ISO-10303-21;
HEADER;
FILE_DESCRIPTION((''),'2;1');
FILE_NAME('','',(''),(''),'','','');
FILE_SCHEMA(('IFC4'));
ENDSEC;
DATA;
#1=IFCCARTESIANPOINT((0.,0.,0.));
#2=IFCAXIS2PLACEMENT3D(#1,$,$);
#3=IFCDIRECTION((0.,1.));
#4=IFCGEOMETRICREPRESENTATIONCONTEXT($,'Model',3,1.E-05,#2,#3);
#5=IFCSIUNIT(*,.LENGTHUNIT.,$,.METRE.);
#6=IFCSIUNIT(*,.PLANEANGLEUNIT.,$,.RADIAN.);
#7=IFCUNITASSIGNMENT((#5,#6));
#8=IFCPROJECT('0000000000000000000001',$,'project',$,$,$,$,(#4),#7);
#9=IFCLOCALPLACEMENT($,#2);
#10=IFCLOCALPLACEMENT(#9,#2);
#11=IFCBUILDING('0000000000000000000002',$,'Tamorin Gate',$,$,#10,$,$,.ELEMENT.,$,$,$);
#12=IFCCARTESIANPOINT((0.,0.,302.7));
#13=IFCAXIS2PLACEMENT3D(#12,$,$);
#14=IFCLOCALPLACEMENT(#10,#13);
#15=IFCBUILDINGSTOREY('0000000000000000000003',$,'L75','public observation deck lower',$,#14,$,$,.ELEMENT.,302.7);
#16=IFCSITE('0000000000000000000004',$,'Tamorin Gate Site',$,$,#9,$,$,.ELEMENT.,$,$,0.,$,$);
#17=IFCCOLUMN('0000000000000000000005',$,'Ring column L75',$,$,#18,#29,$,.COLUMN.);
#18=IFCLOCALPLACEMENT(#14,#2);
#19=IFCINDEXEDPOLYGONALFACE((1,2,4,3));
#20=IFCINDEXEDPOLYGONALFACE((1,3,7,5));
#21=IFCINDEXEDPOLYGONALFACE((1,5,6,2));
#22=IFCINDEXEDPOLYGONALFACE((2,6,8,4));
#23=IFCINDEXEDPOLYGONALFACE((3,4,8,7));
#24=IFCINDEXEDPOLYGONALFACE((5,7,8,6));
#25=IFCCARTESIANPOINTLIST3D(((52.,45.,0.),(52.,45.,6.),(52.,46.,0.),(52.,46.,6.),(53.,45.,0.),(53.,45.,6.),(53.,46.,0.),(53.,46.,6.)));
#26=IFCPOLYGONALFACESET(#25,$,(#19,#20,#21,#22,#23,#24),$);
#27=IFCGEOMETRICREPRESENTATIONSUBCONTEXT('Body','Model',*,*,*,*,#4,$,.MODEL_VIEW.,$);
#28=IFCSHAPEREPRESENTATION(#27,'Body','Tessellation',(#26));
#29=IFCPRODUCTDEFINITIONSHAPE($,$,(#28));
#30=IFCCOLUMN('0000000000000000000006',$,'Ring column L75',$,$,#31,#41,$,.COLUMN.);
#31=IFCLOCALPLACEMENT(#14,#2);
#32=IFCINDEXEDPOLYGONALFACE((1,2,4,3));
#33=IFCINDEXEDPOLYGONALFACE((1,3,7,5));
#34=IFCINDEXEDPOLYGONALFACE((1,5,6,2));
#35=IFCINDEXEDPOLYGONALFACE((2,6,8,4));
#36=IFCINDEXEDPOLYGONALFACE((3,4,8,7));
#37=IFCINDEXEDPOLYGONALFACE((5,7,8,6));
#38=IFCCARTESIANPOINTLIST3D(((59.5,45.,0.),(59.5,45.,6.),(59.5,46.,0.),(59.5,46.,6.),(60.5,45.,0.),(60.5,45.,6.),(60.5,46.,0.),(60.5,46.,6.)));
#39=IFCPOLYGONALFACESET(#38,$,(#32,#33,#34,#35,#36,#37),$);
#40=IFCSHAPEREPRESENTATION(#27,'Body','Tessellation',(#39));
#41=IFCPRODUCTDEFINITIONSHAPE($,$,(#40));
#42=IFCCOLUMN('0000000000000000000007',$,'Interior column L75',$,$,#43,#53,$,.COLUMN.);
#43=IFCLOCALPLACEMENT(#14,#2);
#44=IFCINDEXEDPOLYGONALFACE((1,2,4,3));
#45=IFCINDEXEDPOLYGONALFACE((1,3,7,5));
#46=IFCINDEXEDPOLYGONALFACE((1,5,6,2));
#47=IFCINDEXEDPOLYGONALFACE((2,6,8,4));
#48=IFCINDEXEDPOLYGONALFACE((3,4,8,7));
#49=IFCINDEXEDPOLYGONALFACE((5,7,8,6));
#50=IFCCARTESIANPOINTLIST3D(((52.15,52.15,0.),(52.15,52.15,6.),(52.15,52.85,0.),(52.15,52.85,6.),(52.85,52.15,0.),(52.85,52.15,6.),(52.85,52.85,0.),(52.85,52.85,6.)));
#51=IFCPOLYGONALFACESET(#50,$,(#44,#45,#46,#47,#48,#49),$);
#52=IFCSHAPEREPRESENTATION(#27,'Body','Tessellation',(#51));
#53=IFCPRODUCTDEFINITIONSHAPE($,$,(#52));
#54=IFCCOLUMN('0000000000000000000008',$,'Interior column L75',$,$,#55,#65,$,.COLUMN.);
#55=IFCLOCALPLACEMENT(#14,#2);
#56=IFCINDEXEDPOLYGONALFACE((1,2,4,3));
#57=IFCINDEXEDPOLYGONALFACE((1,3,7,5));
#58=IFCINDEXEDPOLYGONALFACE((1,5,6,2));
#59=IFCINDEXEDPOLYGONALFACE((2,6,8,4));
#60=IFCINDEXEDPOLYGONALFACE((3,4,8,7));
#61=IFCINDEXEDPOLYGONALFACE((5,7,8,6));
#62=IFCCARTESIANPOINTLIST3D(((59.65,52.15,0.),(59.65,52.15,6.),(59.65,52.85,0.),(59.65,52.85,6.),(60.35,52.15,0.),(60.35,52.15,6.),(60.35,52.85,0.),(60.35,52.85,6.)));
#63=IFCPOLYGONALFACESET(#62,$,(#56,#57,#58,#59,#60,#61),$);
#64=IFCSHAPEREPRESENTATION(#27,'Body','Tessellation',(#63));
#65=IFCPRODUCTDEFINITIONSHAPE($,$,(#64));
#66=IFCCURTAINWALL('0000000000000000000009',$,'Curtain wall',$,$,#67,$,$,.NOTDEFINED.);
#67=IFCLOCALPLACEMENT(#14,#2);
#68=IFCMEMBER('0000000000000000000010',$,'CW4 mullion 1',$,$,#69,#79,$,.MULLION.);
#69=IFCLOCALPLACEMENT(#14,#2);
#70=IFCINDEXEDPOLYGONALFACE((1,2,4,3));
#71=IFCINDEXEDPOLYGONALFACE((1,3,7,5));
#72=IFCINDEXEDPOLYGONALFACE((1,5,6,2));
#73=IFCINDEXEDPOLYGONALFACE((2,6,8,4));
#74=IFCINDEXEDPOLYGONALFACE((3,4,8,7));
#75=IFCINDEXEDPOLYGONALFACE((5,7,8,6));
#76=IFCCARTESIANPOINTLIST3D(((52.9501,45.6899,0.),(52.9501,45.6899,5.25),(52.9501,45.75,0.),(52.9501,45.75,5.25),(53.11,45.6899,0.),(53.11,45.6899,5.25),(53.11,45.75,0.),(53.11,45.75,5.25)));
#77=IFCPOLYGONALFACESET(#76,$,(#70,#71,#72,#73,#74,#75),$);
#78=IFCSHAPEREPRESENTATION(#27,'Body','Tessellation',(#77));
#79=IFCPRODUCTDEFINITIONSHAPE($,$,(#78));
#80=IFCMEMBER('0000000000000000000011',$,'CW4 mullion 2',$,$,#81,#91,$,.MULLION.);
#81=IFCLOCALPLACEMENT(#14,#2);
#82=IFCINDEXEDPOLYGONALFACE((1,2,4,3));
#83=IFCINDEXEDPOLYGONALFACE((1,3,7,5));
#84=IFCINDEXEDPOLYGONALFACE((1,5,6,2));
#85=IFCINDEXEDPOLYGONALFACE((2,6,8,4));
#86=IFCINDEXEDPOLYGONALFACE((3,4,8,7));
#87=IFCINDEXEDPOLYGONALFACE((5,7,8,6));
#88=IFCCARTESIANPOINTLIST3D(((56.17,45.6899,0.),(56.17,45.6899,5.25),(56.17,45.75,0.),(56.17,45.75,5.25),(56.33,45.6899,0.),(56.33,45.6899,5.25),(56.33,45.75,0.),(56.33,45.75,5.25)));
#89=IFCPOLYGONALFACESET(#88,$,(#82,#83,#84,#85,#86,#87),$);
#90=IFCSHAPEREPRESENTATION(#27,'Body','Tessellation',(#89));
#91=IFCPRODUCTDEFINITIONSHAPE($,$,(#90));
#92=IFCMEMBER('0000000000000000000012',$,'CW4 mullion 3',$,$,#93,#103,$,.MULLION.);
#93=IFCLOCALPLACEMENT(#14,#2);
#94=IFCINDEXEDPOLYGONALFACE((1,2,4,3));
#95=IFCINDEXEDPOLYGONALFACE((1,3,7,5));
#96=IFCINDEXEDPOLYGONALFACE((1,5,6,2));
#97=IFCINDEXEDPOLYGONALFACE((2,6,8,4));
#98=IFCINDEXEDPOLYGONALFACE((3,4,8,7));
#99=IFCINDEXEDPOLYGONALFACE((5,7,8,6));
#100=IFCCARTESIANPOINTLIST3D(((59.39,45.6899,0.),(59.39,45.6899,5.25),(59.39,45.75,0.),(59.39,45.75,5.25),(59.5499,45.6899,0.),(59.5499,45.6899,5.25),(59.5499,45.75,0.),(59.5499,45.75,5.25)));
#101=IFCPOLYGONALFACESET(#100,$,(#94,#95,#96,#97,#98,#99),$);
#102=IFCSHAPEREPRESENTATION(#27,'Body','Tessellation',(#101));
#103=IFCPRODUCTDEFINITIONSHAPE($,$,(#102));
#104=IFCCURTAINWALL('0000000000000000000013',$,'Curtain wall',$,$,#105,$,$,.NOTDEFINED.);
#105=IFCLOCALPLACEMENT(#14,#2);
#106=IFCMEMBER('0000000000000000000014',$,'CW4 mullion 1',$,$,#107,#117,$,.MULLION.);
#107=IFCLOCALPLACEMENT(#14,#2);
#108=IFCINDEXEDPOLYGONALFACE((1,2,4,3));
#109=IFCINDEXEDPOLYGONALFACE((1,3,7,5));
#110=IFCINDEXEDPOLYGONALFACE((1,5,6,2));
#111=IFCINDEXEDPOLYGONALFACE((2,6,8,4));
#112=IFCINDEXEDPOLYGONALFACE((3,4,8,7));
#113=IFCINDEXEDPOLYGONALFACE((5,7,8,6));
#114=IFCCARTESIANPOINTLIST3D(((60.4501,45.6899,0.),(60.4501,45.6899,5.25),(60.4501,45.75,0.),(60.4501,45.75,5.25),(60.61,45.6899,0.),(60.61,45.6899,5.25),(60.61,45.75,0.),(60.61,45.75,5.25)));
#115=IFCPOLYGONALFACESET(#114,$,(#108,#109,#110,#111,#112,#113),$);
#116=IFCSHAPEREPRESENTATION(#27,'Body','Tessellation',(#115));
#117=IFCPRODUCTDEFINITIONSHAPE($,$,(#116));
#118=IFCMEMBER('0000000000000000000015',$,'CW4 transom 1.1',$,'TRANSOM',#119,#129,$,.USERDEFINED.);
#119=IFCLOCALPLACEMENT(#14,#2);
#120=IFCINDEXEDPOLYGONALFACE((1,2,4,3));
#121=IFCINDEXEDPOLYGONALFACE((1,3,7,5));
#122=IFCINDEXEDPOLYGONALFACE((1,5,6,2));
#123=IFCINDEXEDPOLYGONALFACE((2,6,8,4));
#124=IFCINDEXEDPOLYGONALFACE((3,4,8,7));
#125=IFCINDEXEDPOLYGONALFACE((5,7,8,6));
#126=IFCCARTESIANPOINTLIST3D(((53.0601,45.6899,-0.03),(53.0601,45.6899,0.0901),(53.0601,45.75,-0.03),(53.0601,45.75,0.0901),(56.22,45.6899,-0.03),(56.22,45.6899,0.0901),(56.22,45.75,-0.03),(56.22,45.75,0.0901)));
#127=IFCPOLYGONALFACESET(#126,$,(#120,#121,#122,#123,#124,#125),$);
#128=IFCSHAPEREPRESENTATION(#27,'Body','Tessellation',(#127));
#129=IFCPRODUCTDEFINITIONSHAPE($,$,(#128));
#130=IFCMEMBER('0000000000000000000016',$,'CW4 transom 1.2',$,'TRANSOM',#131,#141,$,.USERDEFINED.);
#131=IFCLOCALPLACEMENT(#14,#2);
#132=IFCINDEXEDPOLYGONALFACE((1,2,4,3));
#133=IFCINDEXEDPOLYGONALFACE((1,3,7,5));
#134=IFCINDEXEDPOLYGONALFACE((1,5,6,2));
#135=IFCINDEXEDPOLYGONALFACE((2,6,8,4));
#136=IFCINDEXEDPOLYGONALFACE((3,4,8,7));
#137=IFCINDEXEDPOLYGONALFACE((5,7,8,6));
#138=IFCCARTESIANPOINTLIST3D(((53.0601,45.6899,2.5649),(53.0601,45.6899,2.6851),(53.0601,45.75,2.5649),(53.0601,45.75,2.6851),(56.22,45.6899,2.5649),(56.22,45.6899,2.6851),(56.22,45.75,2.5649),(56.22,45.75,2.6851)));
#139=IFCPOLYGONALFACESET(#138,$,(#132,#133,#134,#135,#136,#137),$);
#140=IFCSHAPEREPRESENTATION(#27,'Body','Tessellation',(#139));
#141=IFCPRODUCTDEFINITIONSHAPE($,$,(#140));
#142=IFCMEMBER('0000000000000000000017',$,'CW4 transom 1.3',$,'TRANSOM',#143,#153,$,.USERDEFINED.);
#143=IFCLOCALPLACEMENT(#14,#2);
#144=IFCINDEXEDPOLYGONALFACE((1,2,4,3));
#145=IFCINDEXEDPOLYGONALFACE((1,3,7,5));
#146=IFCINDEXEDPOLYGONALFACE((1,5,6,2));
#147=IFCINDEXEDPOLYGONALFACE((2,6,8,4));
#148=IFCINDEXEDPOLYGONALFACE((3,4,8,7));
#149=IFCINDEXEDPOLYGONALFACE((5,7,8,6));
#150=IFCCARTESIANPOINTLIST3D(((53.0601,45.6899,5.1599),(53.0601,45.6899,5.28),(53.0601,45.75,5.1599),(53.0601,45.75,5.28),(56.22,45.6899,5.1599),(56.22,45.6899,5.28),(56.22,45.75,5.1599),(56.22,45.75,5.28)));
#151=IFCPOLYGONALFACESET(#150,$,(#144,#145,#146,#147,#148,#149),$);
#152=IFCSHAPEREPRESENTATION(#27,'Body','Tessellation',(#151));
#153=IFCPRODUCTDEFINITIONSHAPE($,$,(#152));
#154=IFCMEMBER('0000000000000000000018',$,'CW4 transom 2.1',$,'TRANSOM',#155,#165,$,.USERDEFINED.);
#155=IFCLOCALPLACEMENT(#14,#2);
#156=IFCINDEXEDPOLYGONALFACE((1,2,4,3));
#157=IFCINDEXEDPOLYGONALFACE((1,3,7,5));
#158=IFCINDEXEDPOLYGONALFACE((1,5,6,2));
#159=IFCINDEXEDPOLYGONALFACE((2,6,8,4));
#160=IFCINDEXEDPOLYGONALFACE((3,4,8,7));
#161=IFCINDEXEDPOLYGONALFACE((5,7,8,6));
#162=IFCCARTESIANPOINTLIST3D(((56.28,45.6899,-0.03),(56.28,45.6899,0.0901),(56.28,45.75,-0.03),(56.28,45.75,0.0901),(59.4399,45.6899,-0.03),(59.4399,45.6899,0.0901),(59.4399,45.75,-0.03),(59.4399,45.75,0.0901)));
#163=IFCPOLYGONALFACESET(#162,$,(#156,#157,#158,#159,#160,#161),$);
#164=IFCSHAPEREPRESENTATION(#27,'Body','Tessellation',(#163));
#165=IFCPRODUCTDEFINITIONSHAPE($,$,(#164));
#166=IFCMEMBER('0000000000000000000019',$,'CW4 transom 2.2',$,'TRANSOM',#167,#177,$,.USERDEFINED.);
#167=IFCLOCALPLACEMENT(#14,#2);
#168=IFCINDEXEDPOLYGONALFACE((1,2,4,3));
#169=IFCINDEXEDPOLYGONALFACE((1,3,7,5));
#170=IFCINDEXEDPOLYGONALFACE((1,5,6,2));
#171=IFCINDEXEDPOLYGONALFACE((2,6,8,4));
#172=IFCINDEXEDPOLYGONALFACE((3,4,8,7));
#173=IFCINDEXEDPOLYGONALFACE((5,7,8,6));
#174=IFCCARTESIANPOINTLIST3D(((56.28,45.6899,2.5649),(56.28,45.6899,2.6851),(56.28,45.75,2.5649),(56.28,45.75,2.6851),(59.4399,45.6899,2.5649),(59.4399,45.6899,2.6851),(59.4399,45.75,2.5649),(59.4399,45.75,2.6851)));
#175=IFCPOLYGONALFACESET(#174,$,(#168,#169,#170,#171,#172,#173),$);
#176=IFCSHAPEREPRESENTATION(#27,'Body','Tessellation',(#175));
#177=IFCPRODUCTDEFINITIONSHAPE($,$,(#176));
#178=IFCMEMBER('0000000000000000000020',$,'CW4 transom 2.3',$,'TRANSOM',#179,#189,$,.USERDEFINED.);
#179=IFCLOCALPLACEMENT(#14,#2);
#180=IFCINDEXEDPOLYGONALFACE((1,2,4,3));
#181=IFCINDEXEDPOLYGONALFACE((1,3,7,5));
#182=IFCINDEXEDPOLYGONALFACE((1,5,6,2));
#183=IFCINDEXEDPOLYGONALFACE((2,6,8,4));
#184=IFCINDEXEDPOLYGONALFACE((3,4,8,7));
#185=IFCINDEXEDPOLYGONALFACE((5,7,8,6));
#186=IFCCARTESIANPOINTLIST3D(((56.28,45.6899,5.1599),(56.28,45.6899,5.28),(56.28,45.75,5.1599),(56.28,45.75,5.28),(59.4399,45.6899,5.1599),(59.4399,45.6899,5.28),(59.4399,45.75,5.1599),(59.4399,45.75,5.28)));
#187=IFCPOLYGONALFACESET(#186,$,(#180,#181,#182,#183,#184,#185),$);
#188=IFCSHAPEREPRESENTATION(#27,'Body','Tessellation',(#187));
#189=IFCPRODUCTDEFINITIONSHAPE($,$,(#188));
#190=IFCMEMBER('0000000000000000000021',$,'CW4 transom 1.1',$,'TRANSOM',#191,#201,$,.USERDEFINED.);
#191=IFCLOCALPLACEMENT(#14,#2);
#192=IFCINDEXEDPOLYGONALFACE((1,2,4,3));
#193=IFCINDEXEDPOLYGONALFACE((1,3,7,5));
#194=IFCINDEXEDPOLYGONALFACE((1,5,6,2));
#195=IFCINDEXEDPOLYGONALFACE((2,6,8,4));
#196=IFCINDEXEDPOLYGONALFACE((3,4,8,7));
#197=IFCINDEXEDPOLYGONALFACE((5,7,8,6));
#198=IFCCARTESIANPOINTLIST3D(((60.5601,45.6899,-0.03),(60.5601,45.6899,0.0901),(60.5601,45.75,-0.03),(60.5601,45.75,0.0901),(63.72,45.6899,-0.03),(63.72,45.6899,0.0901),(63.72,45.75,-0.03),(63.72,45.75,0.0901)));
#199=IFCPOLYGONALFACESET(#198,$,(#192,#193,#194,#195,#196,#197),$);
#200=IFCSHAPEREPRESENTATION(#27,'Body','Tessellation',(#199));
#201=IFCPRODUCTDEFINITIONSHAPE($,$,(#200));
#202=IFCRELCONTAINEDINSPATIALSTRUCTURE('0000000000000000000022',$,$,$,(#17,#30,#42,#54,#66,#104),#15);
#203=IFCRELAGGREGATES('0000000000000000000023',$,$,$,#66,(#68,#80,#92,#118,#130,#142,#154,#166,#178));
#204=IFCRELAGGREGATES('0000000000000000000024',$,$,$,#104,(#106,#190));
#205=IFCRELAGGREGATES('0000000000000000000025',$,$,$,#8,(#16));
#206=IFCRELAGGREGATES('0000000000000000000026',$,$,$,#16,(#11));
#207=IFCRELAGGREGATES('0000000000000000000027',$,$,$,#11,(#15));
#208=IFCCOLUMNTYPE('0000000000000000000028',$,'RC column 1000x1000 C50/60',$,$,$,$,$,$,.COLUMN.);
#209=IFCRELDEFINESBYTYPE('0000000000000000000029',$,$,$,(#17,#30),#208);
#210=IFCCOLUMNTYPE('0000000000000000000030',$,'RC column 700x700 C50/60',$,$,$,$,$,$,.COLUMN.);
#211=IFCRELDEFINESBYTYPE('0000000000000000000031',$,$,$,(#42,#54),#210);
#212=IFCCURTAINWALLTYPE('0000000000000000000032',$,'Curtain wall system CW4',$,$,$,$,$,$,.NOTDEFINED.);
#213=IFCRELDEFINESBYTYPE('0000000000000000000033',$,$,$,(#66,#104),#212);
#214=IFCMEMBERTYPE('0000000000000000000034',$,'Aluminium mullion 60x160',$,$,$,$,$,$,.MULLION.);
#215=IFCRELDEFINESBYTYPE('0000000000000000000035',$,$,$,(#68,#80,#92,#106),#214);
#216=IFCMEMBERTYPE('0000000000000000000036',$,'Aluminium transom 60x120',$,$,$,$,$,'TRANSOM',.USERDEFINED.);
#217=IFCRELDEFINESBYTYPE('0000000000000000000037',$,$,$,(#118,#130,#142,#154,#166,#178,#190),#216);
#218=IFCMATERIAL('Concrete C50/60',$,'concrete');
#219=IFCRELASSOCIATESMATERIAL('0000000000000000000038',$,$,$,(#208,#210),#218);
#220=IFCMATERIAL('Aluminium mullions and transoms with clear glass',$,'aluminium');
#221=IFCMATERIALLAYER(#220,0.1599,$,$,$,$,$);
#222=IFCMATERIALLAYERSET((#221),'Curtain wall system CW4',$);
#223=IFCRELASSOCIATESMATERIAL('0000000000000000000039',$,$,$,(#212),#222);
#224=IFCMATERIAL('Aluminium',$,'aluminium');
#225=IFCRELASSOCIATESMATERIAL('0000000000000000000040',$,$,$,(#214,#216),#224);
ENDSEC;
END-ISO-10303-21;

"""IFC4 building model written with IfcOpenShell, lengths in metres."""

from ifc_helpers import new_model, si_unit, direction, frame, origin, origin_2d, place, context, subcontext, project, spatial, rectangle, extrude, material, layer, layer_set, material_profile, profile_set, type_object, element, aggregate, save


model = new_model("IFC4")

# Units and contexts
model_context = context("Model", 3, precision=1e-05, world=origin(), true_north=direction((0.0, 1.0)))
body_context = subcontext(model_context, "Body", "Model", "MODEL_VIEW")
ifc_project = project(units=[si_unit("LENGTHUNIT", "METRE"), si_unit("PLANEANGLEUNIT", "RADIAN")], contexts=[model_context])

# Site, building, storey
site_placement = place(None, origin())
site = spatial("IfcSite", under=ifc_project, at=site_placement, Name="Tamorin Gate Site", CompositionType="ELEMENT", RefElevation=0.0)
building_placement = place(site_placement, origin())
building = spatial("IfcBuilding", under=site, at=building_placement, Name="Tamorin Gate", CompositionType="ELEMENT")
storey_placement = place(building_placement, frame((0.0, 0.0, 302.7)))
storey = spatial("IfcBuildingStorey", under=building, at=storey_placement, Name="L75", Description="public observation deck lower", CompositionType="ELEMENT", Elevation=302.7)

# Columns
ifc_material_1 = material(Name="Concrete C50/60", Category="concrete")
ifc_material_profile_1 = material_profile(ifc_material_1, rectangle(XDim=1.0, YDim=1.0, at=origin_2d()), Name="RC 1000x1000")
ifc_profile_set_1 = profile_set([ifc_material_profile_1], Name="Concrete C50/60")
column_type_1 = type_object("IfcColumnType", Name="RC column 1000x1000 C50/60", PredefinedType="COLUMN", material=ifc_profile_set_1)
for number, where, z_axis, x_axis, name in (
    (1, (52.5, 45.5, 0.0), (0.0, 0.0, 1.0), (1.0, 0.0, 0.0), "Ring column L75"),
    (2, (60.0, 45.5, 0.0), (0.0, 0.0, 1.0), (1.0, 0.0, 0.0), "Ring column L75"),
):
    element("IfcColumn", number, at=place(storey_placement, frame(where, z_axis=z_axis, x_axis=x_axis)), inside=storey, type_object=column_type_1, Name=name, PredefinedType="COLUMN", context=body_context, shape_type="SweptSolid", body=[
        extrude(rectangle(XDim=1.0, YDim=1.0, at=origin_2d()), origin(), (0.0, 0.0, 1.0), 6.0),
    ])
ifc_material_profile_2 = material_profile(ifc_material_1, rectangle(XDim=0.7, YDim=0.7, at=origin_2d()), Name="RC 700x700")
ifc_profile_set_2 = profile_set([ifc_material_profile_2], Name="Concrete C50/60")
column_type_2 = type_object("IfcColumnType", Name="RC column 700x700 C50/60", PredefinedType="COLUMN", material=ifc_profile_set_2)
for number, where, z_axis, x_axis, name in (
    (3, (52.5, 52.5, 0.0), (0.0, 0.0, 1.0), (1.0, 0.0, 0.0), "Interior column L75"),
    (4, (60.0, 52.5, 0.0), (0.0, 0.0, 1.0), (1.0, 0.0, 0.0), "Interior column L75"),
):
    element("IfcColumn", number, at=place(storey_placement, frame(where, z_axis=z_axis, x_axis=x_axis)), inside=storey, type_object=column_type_2, Name=name, PredefinedType="COLUMN", context=body_context, shape_type="SweptSolid", body=[
        extrude(rectangle(XDim=0.7, YDim=0.7, at=origin_2d()), origin(), (0.0, 0.0, 1.0), 6.0),
    ])

# Curtain wall, members
ifc_material_2 = material(Name="Aluminium mullions and transoms with clear glass", Category="aluminium")
ifc_layer_1 = layer(ifc_material_2, 0.1599)
ifc_layer_set_1 = layer_set([ifc_layer_1], Name="Curtain wall system CW4")
curtain_wall_type = type_object("IfcCurtainWallType", Name="Curtain wall system CW4", PredefinedType="NOTDEFINED", material=ifc_layer_set_1)
curtain_wall_1_placement = place(storey_placement, origin())
curtain_wall_1 = element("IfcCurtainWall", 5, at=curtain_wall_1_placement, inside=storey, type_object=curtain_wall_type, Name="Curtain wall", PredefinedType="NOTDEFINED")
ifc_material_3 = material(Name="Aluminium", Category="aluminium")
ifc_material_profile_3 = material_profile(ifc_material_3, rectangle(XDim=0.0601, YDim=0.1599, at=origin_2d()), Name="RECT 60x160")
ifc_profile_set_3 = profile_set([ifc_material_profile_3], Name="Aluminium")
member_type_1 = type_object("IfcMemberType", Name="Aluminium mullion 60x160", PredefinedType="MULLION", material=ifc_profile_set_3)
member_1_placement = place(storey_placement, frame((53.03, 45.72, 0.0), z_axis=(0.0, 0.0, 1.0), x_axis=(0.0, 1.0, 0.0)))
member_1 = element("IfcMember", 6, at=member_1_placement, type_object=member_type_1, Name="CW4 mullion 1", PredefinedType="MULLION", context=body_context, shape_type="SweptSolid", body=[
    extrude(rectangle(XDim=0.0601, YDim=0.1599, at=origin_2d()), origin(), (0.0, 0.0, 1.0), 5.25),
])
member_2_placement = place(storey_placement, frame((56.25, 45.72, 0.0), z_axis=(0.0, 0.0, 1.0), x_axis=(0.0, 1.0, 0.0)))
member_2 = element("IfcMember", 7, at=member_2_placement, type_object=member_type_1, Name="CW4 mullion 2", PredefinedType="MULLION", context=body_context, shape_type="SweptSolid", body=[
    extrude(rectangle(XDim=0.0601, YDim=0.1599, at=origin_2d()), origin(), (0.0, 0.0, 1.0), 5.25),
])
member_3_placement = place(storey_placement, frame((59.47, 45.72, 0.0), z_axis=(0.0, 0.0, 1.0), x_axis=(0.0, 1.0, 0.0)))
member_3 = element("IfcMember", 8, at=member_3_placement, type_object=member_type_1, Name="CW4 mullion 3", PredefinedType="MULLION", context=body_context, shape_type="SweptSolid", body=[
    extrude(rectangle(XDim=0.0601, YDim=0.1599, at=origin_2d()), origin(), (0.0, 0.0, 1.0), 5.25),
])

# Curtain wall, member
curtain_wall_2_placement = place(storey_placement, origin())
curtain_wall_2 = element("IfcCurtainWall", 9, at=curtain_wall_2_placement, inside=storey, type_object=curtain_wall_type, Name="Curtain wall", PredefinedType="NOTDEFINED")
member_4_placement = place(storey_placement, frame((60.53, 45.72, 0.0), z_axis=(0.0, 0.0, 1.0), x_axis=(0.0, 1.0, 0.0)))
member_4 = element("IfcMember", 10, at=member_4_placement, type_object=member_type_1, Name="CW4 mullion 1", PredefinedType="MULLION", context=body_context, shape_type="SweptSolid", body=[
    extrude(rectangle(XDim=0.0601, YDim=0.1599, at=origin_2d()), origin(), (0.0, 0.0, 1.0), 5.25),
])

# Members
ifc_material_profile_4 = material_profile(ifc_material_3, rectangle(XDim=0.0601, YDim=0.1201, at=origin_2d()), Name="RECT 60x120")
ifc_profile_set_4 = profile_set([ifc_material_profile_4], Name="Aluminium")
member_type_2 = type_object("IfcMemberType", Name="Aluminium transom 60x120", ElementType="TRANSOM", PredefinedType="USERDEFINED", material=ifc_profile_set_4)
member_5_placement = place(storey_placement, frame((53.0601, 45.72, 0.03), z_axis=(1.0, 0.0, 0.0), x_axis=(0.0, 1.0, 0.0)))
member_5 = element("IfcMember", 11, at=member_5_placement, type_object=member_type_2, Name="CW4 transom 1.1", ObjectType="TRANSOM", PredefinedType="USERDEFINED", context=body_context, shape_type="SweptSolid", body=[
    extrude(rectangle(XDim=0.0601, YDim=0.1201, at=origin_2d()), origin(), (0.0, 0.0, 1.0), 3.1599),
])
member_6_placement = place(storey_placement, frame((53.0601, 45.72, 2.625), z_axis=(1.0, 0.0, 0.0), x_axis=(0.0, 1.0, 0.0)))
member_6 = element("IfcMember", 12, at=member_6_placement, type_object=member_type_2, Name="CW4 transom 1.2", ObjectType="TRANSOM", PredefinedType="USERDEFINED", context=body_context, shape_type="SweptSolid", body=[
    extrude(rectangle(XDim=0.0601, YDim=0.1201, at=origin_2d()), origin(), (0.0, 0.0, 1.0), 3.1599),
])
member_7_placement = place(storey_placement, frame((53.0601, 45.72, 5.22), z_axis=(1.0, 0.0, 0.0), x_axis=(0.0, 1.0, 0.0)))
member_7 = element("IfcMember", 13, at=member_7_placement, type_object=member_type_2, Name="CW4 transom 1.3", ObjectType="TRANSOM", PredefinedType="USERDEFINED", context=body_context, shape_type="SweptSolid", body=[
    extrude(rectangle(XDim=0.0601, YDim=0.1201, at=origin_2d()), origin(), (0.0, 0.0, 1.0), 3.1599),
])
member_8_placement = place(storey_placement, frame((56.28, 45.72, 0.03), z_axis=(1.0, 0.0, 0.0), x_axis=(0.0, 1.0, 0.0)))
member_8 = element("IfcMember", 14, at=member_8_placement, type_object=member_type_2, Name="CW4 transom 2.1", ObjectType="TRANSOM", PredefinedType="USERDEFINED", context=body_context, shape_type="SweptSolid", body=[
    extrude(rectangle(XDim=0.0601, YDim=0.1201, at=origin_2d()), origin(), (0.0, 0.0, 1.0), 3.1599),
])
member_9_placement = place(storey_placement, frame((56.28, 45.72, 2.625), z_axis=(1.0, 0.0, 0.0), x_axis=(0.0, 1.0, 0.0)))
member_9 = element("IfcMember", 15, at=member_9_placement, type_object=member_type_2, Name="CW4 transom 2.2", ObjectType="TRANSOM", PredefinedType="USERDEFINED", context=body_context, shape_type="SweptSolid", body=[
    extrude(rectangle(XDim=0.0601, YDim=0.1201, at=origin_2d()), origin(), (0.0, 0.0, 1.0), 3.1599),
])
member_10_placement = place(storey_placement, frame((56.28, 45.72, 5.22), z_axis=(1.0, 0.0, 0.0), x_axis=(0.0, 1.0, 0.0)))
member_10 = element("IfcMember", 16, at=member_10_placement, type_object=member_type_2, Name="CW4 transom 2.3", ObjectType="TRANSOM", PredefinedType="USERDEFINED", context=body_context, shape_type="SweptSolid", body=[
    extrude(rectangle(XDim=0.0601, YDim=0.1201, at=origin_2d()), origin(), (0.0, 0.0, 1.0), 3.1599),
])
member_11_placement = place(storey_placement, frame((60.5601, 45.72, 0.03), z_axis=(1.0, 0.0, 0.0), x_axis=(0.0, 1.0, 0.0)))
member_11 = element("IfcMember", 17, at=member_11_placement, type_object=member_type_2, Name="CW4 transom 1.1", ObjectType="TRANSOM", PredefinedType="USERDEFINED", context=body_context, shape_type="SweptSolid", body=[
    extrude(rectangle(XDim=0.0601, YDim=0.1201, at=origin_2d()), origin(), (0.0, 0.0, 1.0), 3.1599),
])

aggregate(curtain_wall_1, [member_1, member_2, member_3, member_5, member_6, member_7, member_8, member_9, member_10])
aggregate(curtain_wall_2, [member_4, member_11])

save(model, "model.ifc")
